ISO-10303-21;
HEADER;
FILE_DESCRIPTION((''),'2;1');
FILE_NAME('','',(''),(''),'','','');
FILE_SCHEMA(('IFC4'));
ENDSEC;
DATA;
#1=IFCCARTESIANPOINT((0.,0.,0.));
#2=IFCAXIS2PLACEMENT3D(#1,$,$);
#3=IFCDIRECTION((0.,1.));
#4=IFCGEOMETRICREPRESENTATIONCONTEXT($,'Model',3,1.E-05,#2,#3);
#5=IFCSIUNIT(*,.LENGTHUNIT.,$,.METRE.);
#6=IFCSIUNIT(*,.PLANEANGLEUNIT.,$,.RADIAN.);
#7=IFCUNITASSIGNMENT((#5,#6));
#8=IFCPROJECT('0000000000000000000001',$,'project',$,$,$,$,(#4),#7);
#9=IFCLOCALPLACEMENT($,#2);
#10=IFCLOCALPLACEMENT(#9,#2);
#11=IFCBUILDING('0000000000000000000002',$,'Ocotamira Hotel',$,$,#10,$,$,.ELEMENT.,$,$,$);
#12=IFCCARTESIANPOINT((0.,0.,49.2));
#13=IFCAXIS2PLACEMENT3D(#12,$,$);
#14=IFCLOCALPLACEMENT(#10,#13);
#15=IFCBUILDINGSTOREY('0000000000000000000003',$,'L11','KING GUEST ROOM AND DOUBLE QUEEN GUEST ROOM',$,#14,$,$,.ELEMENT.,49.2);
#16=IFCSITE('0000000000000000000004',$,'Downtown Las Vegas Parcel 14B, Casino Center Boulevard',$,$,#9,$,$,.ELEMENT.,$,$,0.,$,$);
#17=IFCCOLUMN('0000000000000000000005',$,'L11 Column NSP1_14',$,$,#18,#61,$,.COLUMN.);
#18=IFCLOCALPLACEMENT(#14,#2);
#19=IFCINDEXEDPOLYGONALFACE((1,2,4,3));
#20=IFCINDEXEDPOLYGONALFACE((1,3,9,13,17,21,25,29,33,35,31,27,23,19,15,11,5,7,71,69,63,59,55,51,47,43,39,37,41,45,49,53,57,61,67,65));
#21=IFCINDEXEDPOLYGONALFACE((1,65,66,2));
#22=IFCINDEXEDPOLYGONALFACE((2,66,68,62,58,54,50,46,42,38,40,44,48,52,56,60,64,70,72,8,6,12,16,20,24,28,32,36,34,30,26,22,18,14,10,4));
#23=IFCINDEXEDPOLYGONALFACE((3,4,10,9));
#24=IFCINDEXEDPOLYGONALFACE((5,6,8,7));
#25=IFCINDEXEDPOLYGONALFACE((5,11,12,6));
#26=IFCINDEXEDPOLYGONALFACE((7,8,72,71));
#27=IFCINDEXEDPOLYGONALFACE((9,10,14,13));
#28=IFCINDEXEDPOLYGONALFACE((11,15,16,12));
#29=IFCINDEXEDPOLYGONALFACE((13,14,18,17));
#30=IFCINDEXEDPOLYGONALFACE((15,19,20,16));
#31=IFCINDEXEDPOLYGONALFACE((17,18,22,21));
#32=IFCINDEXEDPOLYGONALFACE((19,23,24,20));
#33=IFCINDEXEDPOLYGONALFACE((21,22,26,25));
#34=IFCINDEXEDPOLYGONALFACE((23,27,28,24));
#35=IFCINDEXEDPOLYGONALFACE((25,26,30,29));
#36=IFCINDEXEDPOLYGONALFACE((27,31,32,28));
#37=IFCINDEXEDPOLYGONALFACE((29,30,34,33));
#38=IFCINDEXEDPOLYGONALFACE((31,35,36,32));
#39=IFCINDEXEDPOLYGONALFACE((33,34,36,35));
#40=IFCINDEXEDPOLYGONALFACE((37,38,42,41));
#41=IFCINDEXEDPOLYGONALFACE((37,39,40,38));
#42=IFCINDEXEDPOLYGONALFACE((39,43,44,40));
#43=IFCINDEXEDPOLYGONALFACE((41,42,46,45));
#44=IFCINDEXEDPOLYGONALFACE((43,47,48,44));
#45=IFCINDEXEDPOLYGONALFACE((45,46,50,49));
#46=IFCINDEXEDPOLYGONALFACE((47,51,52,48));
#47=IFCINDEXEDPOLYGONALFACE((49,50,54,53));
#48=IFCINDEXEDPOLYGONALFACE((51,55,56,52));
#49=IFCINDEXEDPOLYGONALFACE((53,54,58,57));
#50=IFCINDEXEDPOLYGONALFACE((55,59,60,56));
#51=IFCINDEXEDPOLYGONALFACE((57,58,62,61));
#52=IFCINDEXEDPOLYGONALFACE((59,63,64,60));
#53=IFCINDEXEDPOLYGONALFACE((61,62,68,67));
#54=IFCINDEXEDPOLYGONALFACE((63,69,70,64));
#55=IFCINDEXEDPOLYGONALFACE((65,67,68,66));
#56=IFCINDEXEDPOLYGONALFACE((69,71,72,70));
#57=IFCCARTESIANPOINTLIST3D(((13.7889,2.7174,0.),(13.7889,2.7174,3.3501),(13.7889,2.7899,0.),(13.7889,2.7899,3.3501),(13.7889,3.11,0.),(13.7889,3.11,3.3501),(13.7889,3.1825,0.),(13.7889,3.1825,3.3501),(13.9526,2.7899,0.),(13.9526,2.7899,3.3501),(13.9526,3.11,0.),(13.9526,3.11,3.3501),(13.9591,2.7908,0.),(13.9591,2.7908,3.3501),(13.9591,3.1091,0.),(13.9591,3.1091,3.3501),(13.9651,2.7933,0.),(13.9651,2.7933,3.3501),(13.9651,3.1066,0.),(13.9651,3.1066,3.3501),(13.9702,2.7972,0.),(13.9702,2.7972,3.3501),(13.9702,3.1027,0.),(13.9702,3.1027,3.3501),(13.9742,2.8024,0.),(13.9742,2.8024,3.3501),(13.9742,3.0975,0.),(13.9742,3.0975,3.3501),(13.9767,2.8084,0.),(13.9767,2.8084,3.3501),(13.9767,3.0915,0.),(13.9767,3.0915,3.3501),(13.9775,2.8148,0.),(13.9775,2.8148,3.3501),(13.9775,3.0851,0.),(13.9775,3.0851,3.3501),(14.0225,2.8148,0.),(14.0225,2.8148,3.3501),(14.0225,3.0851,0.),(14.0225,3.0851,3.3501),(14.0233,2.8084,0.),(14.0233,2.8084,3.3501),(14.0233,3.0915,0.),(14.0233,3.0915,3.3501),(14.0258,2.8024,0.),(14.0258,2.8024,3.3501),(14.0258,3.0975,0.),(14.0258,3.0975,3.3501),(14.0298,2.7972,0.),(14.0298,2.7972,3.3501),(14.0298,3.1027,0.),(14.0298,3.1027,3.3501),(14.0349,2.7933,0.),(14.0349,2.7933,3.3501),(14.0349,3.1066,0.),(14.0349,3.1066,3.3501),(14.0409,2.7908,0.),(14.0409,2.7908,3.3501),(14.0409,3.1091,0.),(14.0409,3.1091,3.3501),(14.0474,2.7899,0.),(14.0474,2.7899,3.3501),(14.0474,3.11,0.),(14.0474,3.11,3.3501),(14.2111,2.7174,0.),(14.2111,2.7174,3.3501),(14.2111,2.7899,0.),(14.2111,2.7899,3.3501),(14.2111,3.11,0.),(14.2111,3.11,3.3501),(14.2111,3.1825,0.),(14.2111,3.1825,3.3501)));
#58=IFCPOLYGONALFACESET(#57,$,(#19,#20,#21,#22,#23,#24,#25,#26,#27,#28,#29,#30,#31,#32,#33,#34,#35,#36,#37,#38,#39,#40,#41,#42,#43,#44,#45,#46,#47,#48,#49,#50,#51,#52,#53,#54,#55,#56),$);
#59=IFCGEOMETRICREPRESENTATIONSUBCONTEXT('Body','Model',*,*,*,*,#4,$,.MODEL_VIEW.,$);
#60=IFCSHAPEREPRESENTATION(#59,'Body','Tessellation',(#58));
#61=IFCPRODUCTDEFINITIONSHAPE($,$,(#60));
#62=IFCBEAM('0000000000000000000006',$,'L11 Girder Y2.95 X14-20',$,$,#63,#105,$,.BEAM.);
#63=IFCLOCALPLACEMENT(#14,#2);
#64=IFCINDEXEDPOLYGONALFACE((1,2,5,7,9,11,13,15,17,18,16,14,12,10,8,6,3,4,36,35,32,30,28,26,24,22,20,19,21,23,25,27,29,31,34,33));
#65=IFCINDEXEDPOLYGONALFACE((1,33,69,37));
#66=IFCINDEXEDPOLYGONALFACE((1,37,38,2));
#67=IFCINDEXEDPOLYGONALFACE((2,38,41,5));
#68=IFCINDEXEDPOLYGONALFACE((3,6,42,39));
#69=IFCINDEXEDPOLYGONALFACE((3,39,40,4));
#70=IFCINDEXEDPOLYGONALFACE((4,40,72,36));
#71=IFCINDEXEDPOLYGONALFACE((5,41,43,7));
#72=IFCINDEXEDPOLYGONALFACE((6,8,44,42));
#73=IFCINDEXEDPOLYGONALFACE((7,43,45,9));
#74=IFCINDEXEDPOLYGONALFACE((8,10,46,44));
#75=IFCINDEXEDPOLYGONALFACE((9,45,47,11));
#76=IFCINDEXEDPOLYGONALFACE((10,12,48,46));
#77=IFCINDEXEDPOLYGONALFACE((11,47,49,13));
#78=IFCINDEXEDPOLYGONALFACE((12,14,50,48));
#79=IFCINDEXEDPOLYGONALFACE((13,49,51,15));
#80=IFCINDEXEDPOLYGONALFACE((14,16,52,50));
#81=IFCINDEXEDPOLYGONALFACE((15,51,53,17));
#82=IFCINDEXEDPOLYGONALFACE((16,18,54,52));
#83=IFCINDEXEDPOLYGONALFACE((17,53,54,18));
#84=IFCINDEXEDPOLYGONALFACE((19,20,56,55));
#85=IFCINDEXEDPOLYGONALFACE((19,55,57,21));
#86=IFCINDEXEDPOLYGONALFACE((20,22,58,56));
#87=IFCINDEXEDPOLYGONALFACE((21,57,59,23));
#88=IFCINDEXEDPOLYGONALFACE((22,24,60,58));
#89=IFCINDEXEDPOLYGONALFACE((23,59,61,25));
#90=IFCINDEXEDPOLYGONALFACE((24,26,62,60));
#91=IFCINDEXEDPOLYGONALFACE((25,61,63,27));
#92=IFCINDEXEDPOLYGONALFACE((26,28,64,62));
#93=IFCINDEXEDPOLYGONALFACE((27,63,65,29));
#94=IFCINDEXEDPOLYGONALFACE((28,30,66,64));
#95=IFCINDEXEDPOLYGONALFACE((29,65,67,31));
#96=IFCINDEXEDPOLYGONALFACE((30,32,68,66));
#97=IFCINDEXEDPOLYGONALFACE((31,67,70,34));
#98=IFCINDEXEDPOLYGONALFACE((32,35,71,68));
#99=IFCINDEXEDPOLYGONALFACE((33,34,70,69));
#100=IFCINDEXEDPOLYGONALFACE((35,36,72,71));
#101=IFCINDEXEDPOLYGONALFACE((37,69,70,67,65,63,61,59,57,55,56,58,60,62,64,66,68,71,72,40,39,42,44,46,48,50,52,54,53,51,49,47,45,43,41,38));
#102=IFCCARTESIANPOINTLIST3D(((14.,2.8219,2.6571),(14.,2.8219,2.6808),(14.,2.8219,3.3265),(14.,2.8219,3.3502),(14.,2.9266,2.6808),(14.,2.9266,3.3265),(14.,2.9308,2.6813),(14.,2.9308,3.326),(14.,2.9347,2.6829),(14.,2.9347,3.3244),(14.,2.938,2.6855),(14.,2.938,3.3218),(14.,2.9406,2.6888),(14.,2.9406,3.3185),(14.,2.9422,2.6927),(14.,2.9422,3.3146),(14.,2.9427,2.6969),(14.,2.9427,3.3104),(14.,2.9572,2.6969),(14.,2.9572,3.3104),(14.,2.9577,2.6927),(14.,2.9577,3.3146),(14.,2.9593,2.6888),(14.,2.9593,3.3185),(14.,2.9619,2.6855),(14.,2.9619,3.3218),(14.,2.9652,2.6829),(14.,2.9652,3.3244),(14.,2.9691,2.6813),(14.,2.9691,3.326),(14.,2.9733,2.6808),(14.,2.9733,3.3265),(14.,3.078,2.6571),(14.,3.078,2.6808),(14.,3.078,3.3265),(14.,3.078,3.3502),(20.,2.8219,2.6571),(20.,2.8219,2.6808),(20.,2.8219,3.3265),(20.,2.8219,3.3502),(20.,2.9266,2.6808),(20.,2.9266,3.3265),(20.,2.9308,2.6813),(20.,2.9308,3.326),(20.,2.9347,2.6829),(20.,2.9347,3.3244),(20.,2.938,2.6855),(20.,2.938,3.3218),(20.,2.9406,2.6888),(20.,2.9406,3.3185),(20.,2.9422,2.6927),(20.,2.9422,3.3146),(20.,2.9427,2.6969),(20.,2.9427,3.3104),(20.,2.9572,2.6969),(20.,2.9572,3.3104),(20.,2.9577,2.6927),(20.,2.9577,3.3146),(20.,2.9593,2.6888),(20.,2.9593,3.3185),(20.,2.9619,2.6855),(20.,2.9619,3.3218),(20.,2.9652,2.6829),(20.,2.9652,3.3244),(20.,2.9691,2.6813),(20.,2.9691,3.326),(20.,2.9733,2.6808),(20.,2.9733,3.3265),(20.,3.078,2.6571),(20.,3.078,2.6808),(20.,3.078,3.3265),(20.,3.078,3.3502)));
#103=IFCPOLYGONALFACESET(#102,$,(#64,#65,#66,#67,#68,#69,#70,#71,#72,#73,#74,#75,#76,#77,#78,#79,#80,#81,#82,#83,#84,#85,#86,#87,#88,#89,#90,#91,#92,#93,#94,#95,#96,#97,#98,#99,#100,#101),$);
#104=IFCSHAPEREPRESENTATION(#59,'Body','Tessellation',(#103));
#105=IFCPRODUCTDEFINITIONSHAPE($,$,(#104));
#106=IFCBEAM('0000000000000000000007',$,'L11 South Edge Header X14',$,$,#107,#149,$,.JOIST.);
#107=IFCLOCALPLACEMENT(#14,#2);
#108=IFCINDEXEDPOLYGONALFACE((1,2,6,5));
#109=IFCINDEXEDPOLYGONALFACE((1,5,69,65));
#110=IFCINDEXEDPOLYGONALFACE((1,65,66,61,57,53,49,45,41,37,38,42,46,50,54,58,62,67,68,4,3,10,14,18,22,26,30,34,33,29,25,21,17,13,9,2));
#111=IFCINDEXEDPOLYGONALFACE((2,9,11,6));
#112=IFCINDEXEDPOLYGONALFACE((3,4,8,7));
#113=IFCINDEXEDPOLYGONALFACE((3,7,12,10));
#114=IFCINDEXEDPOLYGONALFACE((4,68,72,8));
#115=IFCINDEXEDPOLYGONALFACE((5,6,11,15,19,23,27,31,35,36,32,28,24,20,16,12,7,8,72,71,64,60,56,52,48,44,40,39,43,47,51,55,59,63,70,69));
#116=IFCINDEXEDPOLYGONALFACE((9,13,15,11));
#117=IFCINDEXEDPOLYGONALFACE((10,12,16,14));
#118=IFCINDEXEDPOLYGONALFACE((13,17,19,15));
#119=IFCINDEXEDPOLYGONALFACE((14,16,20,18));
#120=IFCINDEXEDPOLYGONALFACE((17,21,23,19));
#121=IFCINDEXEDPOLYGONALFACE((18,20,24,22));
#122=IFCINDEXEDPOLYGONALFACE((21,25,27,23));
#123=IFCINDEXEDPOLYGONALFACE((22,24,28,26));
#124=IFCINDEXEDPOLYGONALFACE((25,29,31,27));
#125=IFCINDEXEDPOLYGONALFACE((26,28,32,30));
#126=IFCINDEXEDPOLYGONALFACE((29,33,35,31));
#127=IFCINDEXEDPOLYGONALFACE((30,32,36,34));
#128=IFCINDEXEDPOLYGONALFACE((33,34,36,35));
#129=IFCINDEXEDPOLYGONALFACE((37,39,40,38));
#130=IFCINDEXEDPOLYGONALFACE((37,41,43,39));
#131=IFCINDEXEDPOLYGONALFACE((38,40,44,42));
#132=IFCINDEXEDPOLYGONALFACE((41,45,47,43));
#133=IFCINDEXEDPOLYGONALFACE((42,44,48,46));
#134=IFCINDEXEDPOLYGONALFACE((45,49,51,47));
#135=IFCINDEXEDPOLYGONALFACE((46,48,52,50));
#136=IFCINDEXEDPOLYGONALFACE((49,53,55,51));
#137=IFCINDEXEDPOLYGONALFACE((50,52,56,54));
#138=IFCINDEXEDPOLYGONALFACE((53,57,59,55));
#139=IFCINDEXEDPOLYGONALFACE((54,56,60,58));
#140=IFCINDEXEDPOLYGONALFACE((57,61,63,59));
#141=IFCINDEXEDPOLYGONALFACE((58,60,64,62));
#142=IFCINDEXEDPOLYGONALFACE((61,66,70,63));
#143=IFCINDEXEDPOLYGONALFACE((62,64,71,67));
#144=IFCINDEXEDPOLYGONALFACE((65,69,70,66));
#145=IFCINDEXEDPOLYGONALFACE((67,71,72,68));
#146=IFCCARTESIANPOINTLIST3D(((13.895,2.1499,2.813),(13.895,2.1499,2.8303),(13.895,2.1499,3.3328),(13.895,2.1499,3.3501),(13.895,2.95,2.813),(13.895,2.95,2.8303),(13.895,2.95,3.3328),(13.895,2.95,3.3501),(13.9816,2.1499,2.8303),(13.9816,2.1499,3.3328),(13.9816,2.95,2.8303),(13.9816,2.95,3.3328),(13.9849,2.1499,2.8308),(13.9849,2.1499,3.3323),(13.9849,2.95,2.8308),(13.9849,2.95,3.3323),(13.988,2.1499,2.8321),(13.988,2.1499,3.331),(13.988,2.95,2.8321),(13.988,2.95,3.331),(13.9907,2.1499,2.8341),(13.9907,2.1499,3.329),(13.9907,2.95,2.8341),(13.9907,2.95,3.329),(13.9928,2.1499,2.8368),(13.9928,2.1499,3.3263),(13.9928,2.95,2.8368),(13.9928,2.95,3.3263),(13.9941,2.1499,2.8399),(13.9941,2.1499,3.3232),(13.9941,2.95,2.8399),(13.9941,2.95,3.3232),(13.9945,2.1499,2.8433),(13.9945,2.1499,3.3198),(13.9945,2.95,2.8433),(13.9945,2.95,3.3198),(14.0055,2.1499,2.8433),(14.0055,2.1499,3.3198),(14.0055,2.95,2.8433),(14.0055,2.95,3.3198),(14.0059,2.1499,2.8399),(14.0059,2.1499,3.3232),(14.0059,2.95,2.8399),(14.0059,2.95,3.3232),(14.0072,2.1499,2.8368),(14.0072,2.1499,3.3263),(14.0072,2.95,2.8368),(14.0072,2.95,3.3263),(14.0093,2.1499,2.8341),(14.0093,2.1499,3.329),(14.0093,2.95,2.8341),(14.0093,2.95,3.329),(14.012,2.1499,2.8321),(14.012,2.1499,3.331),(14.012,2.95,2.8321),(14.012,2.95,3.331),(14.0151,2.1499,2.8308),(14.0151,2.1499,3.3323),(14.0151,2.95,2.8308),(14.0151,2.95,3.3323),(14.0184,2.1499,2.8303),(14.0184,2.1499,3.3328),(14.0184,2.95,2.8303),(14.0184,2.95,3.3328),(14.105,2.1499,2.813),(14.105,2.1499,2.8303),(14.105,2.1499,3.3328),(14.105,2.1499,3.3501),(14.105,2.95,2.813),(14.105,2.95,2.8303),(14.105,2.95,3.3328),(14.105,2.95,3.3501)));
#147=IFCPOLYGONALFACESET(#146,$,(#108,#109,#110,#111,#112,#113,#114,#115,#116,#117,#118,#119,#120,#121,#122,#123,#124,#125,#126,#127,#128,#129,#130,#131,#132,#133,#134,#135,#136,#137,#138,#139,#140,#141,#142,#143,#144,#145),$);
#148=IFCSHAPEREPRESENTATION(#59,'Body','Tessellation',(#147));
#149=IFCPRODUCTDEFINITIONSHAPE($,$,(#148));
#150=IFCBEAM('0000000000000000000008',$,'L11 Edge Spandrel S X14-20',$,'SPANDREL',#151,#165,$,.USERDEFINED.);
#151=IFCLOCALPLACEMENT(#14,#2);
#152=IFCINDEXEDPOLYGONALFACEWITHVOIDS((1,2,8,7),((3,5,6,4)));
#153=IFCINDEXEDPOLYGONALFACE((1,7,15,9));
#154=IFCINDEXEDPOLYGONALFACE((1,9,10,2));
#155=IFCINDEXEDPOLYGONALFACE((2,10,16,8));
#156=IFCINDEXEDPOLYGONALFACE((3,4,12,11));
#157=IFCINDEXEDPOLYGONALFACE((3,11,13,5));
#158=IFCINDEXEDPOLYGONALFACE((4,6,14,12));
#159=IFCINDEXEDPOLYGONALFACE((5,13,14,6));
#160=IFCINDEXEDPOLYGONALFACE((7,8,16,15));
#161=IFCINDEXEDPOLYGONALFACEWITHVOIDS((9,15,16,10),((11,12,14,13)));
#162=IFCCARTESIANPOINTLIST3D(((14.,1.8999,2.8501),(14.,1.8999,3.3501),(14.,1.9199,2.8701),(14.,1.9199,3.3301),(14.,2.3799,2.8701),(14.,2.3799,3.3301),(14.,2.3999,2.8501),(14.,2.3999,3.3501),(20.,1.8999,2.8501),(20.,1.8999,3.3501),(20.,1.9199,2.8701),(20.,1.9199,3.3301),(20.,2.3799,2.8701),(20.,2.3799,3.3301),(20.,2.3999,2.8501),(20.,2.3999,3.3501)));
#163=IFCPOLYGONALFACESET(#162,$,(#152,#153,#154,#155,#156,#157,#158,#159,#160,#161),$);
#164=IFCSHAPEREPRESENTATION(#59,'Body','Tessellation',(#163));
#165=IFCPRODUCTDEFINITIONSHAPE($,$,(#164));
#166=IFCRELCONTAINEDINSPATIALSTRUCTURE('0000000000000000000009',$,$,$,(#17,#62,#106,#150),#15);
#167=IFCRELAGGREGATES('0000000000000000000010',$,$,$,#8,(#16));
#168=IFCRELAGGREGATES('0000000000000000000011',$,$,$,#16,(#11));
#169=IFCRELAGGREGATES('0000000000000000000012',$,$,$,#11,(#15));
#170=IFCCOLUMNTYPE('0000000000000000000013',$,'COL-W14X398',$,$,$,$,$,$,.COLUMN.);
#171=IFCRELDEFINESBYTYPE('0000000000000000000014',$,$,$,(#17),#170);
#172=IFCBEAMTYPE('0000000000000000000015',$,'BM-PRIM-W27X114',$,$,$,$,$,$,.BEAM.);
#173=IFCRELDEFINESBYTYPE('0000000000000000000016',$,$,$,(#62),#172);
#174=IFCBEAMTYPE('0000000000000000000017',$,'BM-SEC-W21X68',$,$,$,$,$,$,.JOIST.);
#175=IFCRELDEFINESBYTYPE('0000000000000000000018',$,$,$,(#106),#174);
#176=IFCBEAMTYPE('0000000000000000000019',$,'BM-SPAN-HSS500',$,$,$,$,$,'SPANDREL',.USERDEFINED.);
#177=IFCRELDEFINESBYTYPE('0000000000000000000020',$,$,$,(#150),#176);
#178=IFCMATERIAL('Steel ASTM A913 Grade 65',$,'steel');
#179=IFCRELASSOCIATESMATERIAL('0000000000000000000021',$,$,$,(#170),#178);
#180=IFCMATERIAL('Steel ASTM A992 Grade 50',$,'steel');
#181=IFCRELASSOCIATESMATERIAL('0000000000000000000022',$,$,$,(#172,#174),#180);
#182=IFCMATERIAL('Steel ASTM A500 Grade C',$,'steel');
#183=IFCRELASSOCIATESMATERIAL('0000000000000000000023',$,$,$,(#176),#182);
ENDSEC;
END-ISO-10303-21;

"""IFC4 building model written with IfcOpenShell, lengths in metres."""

from ifc_helpers import new_model, si_unit, direction, frame, origin, origin_2d, place, context, subcontext, project, spatial, hollow_rectangle, i_section, extrude, source, transform, mapped, material, material_profile, profile_set, type_object, element, save


model = new_model("IFC4")

# Units and contexts
model_context = context("Model", 3, precision=1e-05, world=origin(), true_north=direction((0.0, 1.0)))
body_context = subcontext(model_context, "Body", "Model", "MODEL_VIEW")
ifc_project = project(units=[si_unit("LENGTHUNIT", "METRE"), si_unit("PLANEANGLEUNIT", "RADIAN")], contexts=[model_context])

# Site, building, storey
site_placement = place(None, origin())
site = spatial("IfcSite", under=ifc_project, at=site_placement, Name="Downtown Las Vegas Parcel 14B, Casino Center Boulevard", CompositionType="ELEMENT", RefElevation=0.0)
building_placement = place(site_placement, origin())
building = spatial("IfcBuilding", under=site, at=building_placement, Name="Ocotamira Hotel", CompositionType="ELEMENT")
storey_placement = place(building_placement, frame((0.0, 0.0, 49.2)))
storey = spatial("IfcBuildingStorey", under=building, at=storey_placement, Name="L11", Description="KING GUEST ROOM AND DOUBLE QUEEN GUEST ROOM", CompositionType="ELEMENT", Elevation=49.2)

# Column
ifc_material_1 = material(Name="Steel ASTM A913 Grade 65", Category="steel")
ifc_material_profile_1 = material_profile(ifc_material_1, i_section(OverallWidth=0.4221, OverallDepth=0.4651, WebThickness=0.0449, FlangeThickness=0.0725, FilletRadius=0.0249, at=origin_2d()), Name="W14X398")
ifc_profile_set_1 = profile_set([ifc_material_profile_1], Name="Steel ASTM A913 Grade 65")
column_type = type_object("IfcColumnType", Name="COL-W14X398", PredefinedType="COLUMN", material=ifc_profile_set_1)
shared_shape_1 = source(origin(), body_context, "Body", "SweptSolid", [
    extrude(i_section(OverallWidth=0.4221, OverallDepth=0.4651, WebThickness=0.0449, FlangeThickness=0.0725, FilletRadius=0.0249, at=origin_2d()), origin(), (0.0, 0.0, 1.0), 3.3501),
])
column_placement = place(storey_placement, frame((14.0, 2.95, 0.0), z_axis=(0.0, 0.0, 1.0), x_axis=(1.0, 0.0, 0.0)))
element("IfcColumn", 1, at=column_placement, inside=storey, type_object=column_type, Name="L11 Column NSP1_14", PredefinedType="COLUMN", context=body_context, shape_type="MappedRepresentation", body=[
    mapped(shared_shape_1, transform((0.0, 0.0, 0.0), scale=1.0)),
])

# Beams
ifc_material_2 = material(Name="Steel ASTM A992 Grade 50", Category="steel")
ifc_material_profile_2 = material_profile(ifc_material_2, i_section(OverallWidth=0.2561, OverallDepth=0.6931, WebThickness=0.0144, FlangeThickness=0.0237, FilletRadius=0.0161, at=origin_2d()), Name="W27X114")
ifc_profile_set_2 = profile_set([ifc_material_profile_2], Name="Steel ASTM A992 Grade 50")
beam_type_1 = type_object("IfcBeamType", Name="BM-PRIM-W27X114", PredefinedType="BEAM", material=ifc_profile_set_2)
shared_shape_2 = source(origin(), body_context, "Body", "SweptSolid", [
    extrude(i_section(OverallWidth=0.2561, OverallDepth=0.6931, WebThickness=0.0144, FlangeThickness=0.0237, FilletRadius=0.0161, at=origin_2d()), origin(), (0.0, 0.0, 1.0), 6.0),
])
beam_1_placement = place(storey_placement, frame((14.0, 2.95, 3.0037), z_axis=(1.0, 0.0, 0.0), x_axis=(0.0, 1.0, 0.0)))
element("IfcBeam", 2, at=beam_1_placement, inside=storey, type_object=beam_type_1, Name="L11 Girder Y2.95 X14-20", PredefinedType="BEAM", context=body_context, shape_type="MappedRepresentation", body=[
    mapped(shared_shape_2, transform((0.0, 0.0, 0.0), scale=1.0)),
])
ifc_material_profile_3 = material_profile(ifc_material_2, i_section(OverallWidth=0.21, OverallDepth=0.5371, WebThickness=0.011, FlangeThickness=0.0173, FilletRadius=0.0129, at=origin_2d()), Name="W21X68")
ifc_profile_set_3 = profile_set([ifc_material_profile_3], Name="Steel ASTM A992 Grade 50")
beam_type_2 = type_object("IfcBeamType", Name="BM-SEC-W21X68", PredefinedType="JOIST", material=ifc_profile_set_3)
shared_shape_3 = source(origin(), body_context, "Body", "SweptSolid", [
    extrude(i_section(OverallWidth=0.21, OverallDepth=0.5371, WebThickness=0.011, FlangeThickness=0.0173, FilletRadius=0.0129, at=origin_2d()), origin(), (0.0, 0.0, 1.0), 0.8),
])
beam_2_placement = place(storey_placement, frame((14.0, 2.95, 3.0815), z_axis=(0.0, -1.0, 0.0), x_axis=(1.0, 0.0, 0.0)))
element("IfcBeam", 3, at=beam_2_placement, inside=storey, type_object=beam_type_2, Name="L11 South Edge Header X14", PredefinedType="JOIST", context=body_context, shape_type="MappedRepresentation", body=[
    mapped(shared_shape_3, transform((0.0, 0.0, 0.0), scale=1.0)),
])
ifc_material_3 = material(Name="Steel ASTM A500 Grade C", Category="steel")
ifc_material_profile_4 = material_profile(ifc_material_3, hollow_rectangle(XDim=0.5, YDim=0.5, WallThickness=0.02, at=origin_2d()), Name="HSS500X500X20")
ifc_profile_set_4 = profile_set([ifc_material_profile_4], Name="Steel ASTM A500 Grade C")
beam_type_3 = type_object("IfcBeamType", Name="BM-SPAN-HSS500", ElementType="SPANDREL", PredefinedType="USERDEFINED", material=ifc_profile_set_4)
shared_shape_4 = source(origin(), body_context, "Body", "SweptSolid", [
    extrude(hollow_rectangle(XDim=0.5, YDim=0.5, WallThickness=0.02, at=origin_2d()), origin(), (0.0, 0.0, 1.0), 6.0),
])
beam_3_placement = place(storey_placement, frame((14.0, 2.1499, 3.1001), z_axis=(1.0, 0.0, 0.0), x_axis=(0.0, 1.0, 0.0)))
element("IfcBeam", 4, at=beam_3_placement, inside=storey, type_object=beam_type_3, Name="L11 Edge Spandrel S X14-20", ObjectType="SPANDREL", PredefinedType="USERDEFINED", context=body_context, shape_type="MappedRepresentation", body=[
    mapped(shared_shape_4, transform((0.0, 0.0, 0.0), scale=1.0)),
])

save(model, "model.ifc")
